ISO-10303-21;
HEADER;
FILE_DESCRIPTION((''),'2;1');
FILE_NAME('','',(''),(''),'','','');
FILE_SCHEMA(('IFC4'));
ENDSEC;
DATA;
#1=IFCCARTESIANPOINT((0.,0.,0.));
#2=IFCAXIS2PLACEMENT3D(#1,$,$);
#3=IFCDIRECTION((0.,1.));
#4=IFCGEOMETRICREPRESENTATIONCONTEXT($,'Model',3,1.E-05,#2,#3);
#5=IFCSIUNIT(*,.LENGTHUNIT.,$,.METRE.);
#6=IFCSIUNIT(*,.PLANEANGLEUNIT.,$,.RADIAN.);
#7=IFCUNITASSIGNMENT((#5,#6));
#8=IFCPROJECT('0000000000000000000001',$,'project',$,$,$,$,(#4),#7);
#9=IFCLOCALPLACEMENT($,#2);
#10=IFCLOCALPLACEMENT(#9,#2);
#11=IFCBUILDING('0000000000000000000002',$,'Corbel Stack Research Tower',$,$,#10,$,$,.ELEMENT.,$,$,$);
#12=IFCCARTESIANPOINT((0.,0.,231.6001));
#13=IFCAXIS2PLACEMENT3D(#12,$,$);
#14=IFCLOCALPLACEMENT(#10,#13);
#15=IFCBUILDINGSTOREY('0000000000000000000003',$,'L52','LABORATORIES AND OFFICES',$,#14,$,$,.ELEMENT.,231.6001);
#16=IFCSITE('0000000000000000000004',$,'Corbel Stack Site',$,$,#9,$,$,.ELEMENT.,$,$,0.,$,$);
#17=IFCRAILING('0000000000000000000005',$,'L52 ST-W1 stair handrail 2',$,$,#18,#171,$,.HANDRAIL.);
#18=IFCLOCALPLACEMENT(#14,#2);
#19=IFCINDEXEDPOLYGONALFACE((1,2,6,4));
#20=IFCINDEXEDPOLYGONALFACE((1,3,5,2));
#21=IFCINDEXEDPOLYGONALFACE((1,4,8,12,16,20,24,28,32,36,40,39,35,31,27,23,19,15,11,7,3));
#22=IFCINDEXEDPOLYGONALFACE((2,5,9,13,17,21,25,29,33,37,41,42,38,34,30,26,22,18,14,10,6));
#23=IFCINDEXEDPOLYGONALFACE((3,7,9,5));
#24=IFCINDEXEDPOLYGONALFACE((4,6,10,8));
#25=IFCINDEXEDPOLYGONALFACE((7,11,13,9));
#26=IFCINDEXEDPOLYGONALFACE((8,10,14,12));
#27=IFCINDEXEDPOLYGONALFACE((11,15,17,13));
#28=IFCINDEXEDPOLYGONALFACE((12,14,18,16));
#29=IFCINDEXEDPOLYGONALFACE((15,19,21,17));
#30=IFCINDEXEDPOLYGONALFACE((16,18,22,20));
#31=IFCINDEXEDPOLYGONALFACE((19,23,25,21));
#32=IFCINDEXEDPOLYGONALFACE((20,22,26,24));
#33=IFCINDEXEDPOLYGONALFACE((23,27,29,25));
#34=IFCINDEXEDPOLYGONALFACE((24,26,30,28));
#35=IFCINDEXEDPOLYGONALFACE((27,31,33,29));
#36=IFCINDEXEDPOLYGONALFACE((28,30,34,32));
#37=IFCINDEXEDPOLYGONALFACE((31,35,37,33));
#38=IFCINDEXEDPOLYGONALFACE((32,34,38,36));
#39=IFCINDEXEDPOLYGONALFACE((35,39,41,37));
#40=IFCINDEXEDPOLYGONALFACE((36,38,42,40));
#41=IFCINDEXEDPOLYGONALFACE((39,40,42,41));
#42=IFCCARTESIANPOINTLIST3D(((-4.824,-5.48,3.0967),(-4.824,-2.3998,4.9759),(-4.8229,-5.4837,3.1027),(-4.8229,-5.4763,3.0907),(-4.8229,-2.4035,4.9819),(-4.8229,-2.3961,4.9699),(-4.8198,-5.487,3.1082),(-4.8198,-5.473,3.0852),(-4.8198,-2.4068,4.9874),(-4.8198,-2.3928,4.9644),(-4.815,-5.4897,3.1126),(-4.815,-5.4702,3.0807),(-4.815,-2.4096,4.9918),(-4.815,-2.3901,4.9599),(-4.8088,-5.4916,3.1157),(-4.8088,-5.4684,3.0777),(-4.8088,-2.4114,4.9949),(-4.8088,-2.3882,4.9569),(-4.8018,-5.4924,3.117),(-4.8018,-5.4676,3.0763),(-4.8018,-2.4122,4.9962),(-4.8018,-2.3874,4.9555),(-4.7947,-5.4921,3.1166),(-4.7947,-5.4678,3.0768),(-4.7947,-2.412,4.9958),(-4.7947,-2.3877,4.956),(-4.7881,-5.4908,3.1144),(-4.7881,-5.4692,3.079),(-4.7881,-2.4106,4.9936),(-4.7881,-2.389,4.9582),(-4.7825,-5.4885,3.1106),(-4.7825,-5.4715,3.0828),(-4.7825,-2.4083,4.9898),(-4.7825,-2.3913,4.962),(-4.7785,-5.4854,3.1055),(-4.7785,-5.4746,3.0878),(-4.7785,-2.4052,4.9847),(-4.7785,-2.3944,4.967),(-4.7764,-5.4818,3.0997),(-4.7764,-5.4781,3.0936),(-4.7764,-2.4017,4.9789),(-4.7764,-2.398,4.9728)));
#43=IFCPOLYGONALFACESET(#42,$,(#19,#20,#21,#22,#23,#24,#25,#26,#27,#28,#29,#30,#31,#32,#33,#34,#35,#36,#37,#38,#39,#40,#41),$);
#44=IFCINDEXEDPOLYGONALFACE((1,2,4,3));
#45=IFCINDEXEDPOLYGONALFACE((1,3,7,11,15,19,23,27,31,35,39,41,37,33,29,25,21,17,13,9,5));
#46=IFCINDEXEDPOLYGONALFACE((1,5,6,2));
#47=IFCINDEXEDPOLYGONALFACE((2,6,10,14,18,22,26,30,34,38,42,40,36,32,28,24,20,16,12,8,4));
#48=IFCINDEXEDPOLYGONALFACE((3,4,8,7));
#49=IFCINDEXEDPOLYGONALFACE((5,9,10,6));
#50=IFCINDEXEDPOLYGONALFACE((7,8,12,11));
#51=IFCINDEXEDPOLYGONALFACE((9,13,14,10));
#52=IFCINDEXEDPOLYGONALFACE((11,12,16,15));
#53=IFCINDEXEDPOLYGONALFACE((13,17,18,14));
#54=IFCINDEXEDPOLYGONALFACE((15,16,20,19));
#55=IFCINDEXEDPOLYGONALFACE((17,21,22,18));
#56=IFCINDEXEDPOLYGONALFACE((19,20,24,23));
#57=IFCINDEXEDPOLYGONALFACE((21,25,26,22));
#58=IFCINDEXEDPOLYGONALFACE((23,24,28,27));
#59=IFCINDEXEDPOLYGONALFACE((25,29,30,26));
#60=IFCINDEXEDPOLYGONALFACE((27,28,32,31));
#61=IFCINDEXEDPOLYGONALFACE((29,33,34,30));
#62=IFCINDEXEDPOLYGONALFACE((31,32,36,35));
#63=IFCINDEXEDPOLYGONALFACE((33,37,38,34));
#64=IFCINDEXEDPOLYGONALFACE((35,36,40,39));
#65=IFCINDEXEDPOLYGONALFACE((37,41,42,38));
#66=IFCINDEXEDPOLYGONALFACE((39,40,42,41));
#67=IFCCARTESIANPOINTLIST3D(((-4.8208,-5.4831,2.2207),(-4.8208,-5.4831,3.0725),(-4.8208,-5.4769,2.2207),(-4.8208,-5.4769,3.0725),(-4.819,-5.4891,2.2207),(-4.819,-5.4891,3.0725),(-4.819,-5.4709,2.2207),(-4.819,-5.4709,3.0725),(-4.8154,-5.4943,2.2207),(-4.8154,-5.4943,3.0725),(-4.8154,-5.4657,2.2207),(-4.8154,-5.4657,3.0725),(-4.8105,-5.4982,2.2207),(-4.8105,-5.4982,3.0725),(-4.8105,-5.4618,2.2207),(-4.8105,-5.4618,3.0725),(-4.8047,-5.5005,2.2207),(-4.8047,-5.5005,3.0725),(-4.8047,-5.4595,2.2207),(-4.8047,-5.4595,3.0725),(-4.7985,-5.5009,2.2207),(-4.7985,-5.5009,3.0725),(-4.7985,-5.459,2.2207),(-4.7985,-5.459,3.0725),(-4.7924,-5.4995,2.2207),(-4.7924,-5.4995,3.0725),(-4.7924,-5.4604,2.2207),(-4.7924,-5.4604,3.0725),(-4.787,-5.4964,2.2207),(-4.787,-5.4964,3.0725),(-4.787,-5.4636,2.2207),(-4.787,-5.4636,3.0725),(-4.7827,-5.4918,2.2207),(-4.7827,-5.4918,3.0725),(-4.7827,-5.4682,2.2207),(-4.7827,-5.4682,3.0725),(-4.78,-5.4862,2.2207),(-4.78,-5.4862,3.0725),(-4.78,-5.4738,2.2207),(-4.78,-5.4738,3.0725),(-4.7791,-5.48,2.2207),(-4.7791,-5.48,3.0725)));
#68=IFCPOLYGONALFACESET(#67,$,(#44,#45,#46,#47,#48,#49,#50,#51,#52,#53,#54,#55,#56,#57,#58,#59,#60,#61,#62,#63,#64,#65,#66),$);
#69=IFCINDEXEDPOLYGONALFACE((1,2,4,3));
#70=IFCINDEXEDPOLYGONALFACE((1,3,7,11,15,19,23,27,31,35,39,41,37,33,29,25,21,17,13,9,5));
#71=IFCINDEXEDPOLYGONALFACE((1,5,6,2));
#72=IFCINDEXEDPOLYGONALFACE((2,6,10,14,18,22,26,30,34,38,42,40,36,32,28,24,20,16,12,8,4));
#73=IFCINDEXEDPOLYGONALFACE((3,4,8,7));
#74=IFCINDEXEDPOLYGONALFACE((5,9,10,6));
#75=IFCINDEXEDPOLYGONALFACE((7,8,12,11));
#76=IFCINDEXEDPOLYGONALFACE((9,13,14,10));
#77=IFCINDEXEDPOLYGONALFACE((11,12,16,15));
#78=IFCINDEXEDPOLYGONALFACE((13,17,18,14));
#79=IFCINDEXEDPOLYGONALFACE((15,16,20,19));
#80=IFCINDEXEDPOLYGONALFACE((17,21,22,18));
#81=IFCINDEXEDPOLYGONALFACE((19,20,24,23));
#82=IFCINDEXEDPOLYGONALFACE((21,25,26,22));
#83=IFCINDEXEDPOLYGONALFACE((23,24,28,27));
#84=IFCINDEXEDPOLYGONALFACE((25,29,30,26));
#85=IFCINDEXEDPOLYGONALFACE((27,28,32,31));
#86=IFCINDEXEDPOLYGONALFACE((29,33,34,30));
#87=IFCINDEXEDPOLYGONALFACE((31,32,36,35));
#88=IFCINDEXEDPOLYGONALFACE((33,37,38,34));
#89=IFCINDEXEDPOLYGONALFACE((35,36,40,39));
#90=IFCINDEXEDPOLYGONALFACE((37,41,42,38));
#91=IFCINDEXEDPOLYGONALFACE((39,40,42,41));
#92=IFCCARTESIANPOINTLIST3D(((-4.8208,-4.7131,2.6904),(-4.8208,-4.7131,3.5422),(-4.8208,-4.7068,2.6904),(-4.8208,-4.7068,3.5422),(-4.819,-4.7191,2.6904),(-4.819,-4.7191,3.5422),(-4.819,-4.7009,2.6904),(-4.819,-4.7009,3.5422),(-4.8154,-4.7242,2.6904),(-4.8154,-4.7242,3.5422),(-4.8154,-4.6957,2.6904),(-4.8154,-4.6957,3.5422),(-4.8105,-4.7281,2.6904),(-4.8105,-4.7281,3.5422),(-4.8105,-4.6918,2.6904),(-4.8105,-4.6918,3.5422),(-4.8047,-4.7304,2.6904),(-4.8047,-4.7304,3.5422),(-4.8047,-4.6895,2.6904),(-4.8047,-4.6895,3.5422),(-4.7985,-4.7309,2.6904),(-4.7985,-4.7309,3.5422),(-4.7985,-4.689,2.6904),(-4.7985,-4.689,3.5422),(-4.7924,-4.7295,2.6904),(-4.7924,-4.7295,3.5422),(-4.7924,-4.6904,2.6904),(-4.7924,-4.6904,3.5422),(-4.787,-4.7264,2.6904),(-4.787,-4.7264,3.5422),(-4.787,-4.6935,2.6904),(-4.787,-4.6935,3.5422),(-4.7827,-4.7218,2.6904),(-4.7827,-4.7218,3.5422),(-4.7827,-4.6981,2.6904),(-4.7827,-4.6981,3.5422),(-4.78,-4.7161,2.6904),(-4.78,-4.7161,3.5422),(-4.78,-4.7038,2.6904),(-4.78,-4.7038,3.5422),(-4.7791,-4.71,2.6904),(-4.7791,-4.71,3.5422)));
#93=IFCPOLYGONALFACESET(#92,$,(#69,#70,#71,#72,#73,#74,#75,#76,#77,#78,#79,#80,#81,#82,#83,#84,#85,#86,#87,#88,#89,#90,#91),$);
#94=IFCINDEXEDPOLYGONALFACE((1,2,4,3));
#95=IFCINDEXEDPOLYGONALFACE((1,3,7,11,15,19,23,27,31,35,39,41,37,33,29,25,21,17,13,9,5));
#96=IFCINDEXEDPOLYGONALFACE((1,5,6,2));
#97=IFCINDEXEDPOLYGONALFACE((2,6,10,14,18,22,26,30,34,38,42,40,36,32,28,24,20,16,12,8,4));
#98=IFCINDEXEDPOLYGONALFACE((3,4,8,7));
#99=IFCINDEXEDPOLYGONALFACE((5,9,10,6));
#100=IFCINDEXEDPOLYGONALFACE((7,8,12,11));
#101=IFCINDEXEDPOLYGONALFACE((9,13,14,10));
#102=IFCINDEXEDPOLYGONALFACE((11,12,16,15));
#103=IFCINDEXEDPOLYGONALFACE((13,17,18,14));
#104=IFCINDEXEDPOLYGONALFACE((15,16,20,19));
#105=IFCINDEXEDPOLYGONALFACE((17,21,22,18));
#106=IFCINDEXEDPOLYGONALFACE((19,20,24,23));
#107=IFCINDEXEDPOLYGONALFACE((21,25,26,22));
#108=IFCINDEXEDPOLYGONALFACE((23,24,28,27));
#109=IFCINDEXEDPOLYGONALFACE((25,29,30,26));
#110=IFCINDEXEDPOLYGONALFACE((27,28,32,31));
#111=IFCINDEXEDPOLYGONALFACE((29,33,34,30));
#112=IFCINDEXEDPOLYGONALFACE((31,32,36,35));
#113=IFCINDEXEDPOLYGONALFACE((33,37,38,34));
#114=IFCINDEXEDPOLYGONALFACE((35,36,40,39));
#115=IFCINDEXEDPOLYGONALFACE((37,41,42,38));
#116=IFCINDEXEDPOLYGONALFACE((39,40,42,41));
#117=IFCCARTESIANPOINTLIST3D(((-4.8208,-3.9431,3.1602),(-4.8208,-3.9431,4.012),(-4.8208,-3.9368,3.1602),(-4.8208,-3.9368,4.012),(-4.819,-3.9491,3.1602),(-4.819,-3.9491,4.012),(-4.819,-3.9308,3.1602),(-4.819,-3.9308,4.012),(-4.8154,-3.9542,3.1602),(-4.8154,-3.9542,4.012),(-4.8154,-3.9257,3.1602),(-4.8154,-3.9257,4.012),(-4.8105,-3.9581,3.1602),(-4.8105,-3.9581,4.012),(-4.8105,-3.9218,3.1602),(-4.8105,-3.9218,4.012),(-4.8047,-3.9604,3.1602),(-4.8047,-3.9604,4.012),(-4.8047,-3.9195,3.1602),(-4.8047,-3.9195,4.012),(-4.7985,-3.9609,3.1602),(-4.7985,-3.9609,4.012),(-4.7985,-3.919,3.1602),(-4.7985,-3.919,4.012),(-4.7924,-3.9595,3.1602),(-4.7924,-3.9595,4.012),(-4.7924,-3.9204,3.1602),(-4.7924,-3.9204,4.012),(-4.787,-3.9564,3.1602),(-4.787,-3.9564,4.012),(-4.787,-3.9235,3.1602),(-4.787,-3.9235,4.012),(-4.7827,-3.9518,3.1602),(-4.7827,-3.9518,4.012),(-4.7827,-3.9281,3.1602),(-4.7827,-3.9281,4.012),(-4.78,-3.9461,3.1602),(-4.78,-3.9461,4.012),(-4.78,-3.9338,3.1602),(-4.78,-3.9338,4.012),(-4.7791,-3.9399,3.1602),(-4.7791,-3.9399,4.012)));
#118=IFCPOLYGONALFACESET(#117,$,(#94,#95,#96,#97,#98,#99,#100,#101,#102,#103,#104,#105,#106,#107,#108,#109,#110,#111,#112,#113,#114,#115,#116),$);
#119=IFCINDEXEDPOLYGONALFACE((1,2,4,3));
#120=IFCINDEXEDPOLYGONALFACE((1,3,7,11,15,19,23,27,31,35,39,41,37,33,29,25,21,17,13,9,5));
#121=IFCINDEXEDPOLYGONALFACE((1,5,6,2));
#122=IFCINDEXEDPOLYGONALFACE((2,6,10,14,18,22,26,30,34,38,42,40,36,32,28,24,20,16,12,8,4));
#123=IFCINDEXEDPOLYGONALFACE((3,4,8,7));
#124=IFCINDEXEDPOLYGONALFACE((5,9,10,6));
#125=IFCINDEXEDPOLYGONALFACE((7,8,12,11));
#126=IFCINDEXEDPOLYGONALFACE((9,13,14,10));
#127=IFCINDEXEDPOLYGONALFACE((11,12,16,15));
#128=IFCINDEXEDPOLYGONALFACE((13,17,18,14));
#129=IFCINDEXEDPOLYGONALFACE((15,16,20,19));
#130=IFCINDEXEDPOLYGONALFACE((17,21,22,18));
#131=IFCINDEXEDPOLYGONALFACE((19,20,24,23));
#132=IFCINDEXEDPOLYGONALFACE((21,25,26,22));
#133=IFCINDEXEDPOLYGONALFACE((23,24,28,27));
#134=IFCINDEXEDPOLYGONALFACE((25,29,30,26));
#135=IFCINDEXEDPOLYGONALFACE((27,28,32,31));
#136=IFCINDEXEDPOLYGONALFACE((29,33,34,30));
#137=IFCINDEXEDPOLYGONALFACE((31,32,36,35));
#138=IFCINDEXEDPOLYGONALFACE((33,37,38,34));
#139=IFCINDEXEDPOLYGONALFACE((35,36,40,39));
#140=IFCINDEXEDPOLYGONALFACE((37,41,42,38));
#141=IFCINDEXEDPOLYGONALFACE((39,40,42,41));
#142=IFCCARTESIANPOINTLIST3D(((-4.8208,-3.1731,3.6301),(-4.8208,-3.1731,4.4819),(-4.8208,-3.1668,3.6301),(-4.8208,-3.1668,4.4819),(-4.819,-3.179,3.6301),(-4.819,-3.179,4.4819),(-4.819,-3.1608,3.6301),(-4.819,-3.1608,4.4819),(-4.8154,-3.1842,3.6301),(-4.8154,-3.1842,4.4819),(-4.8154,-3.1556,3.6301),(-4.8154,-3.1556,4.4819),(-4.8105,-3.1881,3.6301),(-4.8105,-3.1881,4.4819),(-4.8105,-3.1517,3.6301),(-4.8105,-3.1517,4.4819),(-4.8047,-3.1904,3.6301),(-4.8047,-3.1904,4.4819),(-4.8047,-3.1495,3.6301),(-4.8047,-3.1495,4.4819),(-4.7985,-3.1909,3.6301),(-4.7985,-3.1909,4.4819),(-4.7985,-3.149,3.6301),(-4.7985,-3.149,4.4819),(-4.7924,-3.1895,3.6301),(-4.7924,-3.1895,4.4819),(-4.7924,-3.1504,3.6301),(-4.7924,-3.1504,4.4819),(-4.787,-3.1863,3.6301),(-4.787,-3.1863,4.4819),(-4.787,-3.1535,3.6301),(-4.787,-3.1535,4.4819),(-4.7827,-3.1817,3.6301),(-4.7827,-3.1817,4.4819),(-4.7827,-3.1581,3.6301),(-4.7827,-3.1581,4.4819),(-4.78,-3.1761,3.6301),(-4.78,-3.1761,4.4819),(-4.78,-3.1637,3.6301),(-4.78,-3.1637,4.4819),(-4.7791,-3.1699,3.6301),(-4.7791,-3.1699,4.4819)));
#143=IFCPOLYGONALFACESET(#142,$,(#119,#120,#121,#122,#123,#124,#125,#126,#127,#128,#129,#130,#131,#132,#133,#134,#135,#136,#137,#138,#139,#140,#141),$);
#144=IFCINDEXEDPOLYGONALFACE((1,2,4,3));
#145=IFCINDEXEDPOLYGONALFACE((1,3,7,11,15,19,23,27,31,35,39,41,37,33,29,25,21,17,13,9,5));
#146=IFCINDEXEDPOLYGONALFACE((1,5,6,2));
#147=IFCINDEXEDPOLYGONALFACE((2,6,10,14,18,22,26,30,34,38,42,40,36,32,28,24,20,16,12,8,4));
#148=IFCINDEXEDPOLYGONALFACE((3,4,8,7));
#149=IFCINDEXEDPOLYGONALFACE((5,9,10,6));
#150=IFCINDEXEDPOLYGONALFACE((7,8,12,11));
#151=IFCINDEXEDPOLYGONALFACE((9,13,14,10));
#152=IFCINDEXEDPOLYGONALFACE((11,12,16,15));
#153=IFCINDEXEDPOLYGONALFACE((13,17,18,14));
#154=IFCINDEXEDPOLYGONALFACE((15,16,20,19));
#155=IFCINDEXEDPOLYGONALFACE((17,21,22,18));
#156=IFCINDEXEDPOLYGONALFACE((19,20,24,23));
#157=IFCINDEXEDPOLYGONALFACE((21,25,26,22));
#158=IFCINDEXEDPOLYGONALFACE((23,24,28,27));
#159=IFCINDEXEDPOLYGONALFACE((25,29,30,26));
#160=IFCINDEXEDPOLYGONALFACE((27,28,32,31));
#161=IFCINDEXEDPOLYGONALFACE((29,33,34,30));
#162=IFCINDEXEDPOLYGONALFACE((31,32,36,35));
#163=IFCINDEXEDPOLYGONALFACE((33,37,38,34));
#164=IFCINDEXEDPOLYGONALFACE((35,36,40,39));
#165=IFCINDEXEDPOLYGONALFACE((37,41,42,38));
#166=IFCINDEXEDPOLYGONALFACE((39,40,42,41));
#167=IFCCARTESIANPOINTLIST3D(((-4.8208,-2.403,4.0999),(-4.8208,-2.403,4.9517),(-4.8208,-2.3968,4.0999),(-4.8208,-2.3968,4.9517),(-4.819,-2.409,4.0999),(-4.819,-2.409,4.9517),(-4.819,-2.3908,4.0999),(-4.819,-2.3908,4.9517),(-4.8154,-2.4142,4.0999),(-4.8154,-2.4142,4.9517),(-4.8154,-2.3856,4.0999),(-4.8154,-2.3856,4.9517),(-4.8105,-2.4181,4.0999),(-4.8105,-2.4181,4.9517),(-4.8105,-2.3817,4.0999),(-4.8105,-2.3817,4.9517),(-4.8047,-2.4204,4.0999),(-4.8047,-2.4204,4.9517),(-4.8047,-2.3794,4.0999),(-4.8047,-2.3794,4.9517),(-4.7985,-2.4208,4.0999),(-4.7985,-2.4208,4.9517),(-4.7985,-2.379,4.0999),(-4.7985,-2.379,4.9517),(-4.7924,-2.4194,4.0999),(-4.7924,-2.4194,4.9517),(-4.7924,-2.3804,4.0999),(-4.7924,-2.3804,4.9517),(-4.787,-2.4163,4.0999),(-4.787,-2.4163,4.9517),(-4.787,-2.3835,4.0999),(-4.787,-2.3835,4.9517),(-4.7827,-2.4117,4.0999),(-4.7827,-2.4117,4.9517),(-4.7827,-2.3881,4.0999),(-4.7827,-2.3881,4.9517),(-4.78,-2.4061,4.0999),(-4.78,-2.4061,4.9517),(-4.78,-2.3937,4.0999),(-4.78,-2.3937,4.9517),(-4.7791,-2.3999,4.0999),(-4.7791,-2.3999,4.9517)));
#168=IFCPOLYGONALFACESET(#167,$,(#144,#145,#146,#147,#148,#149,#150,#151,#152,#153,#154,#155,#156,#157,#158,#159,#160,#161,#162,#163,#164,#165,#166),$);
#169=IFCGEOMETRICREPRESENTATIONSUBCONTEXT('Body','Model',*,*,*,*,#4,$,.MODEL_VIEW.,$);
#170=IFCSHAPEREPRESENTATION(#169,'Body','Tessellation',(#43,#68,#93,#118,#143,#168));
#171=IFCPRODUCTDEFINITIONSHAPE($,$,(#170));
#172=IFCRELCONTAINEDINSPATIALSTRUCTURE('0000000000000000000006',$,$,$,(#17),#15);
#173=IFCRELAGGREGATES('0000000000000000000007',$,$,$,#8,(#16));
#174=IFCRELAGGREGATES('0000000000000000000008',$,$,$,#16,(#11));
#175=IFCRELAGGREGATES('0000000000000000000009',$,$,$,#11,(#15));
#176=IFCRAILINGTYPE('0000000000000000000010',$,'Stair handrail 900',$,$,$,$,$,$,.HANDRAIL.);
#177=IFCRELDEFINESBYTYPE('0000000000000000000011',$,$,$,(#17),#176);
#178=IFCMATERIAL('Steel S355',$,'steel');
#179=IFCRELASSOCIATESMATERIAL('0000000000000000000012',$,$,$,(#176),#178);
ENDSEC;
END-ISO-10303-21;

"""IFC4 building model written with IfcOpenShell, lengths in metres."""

from ifc_helpers import new_model, si_unit, direction, frame, origin, origin_2d, place, context, subcontext, project, spatial, circle, extrude, material, type_object, element, save


model = new_model("IFC4")

# Units and contexts
model_context = context("Model", 3, precision=1e-05, world=origin(), true_north=direction((0.0, 1.0)))
body_context = subcontext(model_context, "Body", "Model", "MODEL_VIEW")
ifc_project = project(units=[si_unit("LENGTHUNIT", "METRE"), si_unit("PLANEANGLEUNIT", "RADIAN")], contexts=[model_context])

# Site, building, storey
site_placement = place(None, origin())
site = spatial("IfcSite", under=ifc_project, at=site_placement, Name="Corbel Stack Site", CompositionType="ELEMENT", RefElevation=0.0)
building_placement = place(site_placement, origin())
building = spatial("IfcBuilding", under=site, at=building_placement, Name="Corbel Stack Research Tower", CompositionType="ELEMENT")
storey_placement = place(building_placement, frame((0.0, 0.0, 231.6001)))
storey = spatial("IfcBuildingStorey", under=building, at=storey_placement, Name="L52", Description="LABORATORIES AND OFFICES", CompositionType="ELEMENT", Elevation=231.6001)

# Railing
ifc_material_1 = material(Name="Steel S355", Category="steel")
railing_type_1 = type_object("IfcRailingType", Name="Stair handrail 900", PredefinedType="HANDRAIL", material=ifc_material_1)
railing_1_placement = place(storey_placement, frame((-4.8, -5.48, 2.2207)))
element("IfcRailing", 1, at=railing_1_placement, inside=storey, type_object=railing_type_1, Name="L52 ST-W1 stair handrail 2", PredefinedType="HANDRAIL", context=body_context, shape_type="SweptSolid", body=[
    extrude(circle(Radius=0.0239, at=origin_2d()), frame((0.0, 0.0, 0.876), z_axis=(0.0, 0.853666, 0.52082), x_axis=(-1.0, 0.0, 0.0)), (0.0, 0.0, 1.0), 3.6082),
    extrude(circle(Radius=0.021, at=origin_2d()), origin(), (0.0, 0.0, 1.0), 0.8518),
    extrude(circle(Radius=0.021, at=origin_2d()), frame((0.0, 0.77, 0.4697)), (0.0, 0.0, 1.0), 0.8518),
    extrude(circle(Radius=0.021, at=origin_2d()), frame((0.0, 1.54, 0.9395)), (0.0, 0.0, 1.0), 0.8518),
    extrude(circle(Radius=0.021, at=origin_2d()), frame((0.0, 2.3101, 1.4094)), (0.0, 0.0, 1.0), 0.8518),
    extrude(circle(Radius=0.021, at=origin_2d()), frame((0.0, 3.0801, 1.8792)), (0.0, 0.0, 1.0), 0.8518),
])

save(model, "model.ifc")
